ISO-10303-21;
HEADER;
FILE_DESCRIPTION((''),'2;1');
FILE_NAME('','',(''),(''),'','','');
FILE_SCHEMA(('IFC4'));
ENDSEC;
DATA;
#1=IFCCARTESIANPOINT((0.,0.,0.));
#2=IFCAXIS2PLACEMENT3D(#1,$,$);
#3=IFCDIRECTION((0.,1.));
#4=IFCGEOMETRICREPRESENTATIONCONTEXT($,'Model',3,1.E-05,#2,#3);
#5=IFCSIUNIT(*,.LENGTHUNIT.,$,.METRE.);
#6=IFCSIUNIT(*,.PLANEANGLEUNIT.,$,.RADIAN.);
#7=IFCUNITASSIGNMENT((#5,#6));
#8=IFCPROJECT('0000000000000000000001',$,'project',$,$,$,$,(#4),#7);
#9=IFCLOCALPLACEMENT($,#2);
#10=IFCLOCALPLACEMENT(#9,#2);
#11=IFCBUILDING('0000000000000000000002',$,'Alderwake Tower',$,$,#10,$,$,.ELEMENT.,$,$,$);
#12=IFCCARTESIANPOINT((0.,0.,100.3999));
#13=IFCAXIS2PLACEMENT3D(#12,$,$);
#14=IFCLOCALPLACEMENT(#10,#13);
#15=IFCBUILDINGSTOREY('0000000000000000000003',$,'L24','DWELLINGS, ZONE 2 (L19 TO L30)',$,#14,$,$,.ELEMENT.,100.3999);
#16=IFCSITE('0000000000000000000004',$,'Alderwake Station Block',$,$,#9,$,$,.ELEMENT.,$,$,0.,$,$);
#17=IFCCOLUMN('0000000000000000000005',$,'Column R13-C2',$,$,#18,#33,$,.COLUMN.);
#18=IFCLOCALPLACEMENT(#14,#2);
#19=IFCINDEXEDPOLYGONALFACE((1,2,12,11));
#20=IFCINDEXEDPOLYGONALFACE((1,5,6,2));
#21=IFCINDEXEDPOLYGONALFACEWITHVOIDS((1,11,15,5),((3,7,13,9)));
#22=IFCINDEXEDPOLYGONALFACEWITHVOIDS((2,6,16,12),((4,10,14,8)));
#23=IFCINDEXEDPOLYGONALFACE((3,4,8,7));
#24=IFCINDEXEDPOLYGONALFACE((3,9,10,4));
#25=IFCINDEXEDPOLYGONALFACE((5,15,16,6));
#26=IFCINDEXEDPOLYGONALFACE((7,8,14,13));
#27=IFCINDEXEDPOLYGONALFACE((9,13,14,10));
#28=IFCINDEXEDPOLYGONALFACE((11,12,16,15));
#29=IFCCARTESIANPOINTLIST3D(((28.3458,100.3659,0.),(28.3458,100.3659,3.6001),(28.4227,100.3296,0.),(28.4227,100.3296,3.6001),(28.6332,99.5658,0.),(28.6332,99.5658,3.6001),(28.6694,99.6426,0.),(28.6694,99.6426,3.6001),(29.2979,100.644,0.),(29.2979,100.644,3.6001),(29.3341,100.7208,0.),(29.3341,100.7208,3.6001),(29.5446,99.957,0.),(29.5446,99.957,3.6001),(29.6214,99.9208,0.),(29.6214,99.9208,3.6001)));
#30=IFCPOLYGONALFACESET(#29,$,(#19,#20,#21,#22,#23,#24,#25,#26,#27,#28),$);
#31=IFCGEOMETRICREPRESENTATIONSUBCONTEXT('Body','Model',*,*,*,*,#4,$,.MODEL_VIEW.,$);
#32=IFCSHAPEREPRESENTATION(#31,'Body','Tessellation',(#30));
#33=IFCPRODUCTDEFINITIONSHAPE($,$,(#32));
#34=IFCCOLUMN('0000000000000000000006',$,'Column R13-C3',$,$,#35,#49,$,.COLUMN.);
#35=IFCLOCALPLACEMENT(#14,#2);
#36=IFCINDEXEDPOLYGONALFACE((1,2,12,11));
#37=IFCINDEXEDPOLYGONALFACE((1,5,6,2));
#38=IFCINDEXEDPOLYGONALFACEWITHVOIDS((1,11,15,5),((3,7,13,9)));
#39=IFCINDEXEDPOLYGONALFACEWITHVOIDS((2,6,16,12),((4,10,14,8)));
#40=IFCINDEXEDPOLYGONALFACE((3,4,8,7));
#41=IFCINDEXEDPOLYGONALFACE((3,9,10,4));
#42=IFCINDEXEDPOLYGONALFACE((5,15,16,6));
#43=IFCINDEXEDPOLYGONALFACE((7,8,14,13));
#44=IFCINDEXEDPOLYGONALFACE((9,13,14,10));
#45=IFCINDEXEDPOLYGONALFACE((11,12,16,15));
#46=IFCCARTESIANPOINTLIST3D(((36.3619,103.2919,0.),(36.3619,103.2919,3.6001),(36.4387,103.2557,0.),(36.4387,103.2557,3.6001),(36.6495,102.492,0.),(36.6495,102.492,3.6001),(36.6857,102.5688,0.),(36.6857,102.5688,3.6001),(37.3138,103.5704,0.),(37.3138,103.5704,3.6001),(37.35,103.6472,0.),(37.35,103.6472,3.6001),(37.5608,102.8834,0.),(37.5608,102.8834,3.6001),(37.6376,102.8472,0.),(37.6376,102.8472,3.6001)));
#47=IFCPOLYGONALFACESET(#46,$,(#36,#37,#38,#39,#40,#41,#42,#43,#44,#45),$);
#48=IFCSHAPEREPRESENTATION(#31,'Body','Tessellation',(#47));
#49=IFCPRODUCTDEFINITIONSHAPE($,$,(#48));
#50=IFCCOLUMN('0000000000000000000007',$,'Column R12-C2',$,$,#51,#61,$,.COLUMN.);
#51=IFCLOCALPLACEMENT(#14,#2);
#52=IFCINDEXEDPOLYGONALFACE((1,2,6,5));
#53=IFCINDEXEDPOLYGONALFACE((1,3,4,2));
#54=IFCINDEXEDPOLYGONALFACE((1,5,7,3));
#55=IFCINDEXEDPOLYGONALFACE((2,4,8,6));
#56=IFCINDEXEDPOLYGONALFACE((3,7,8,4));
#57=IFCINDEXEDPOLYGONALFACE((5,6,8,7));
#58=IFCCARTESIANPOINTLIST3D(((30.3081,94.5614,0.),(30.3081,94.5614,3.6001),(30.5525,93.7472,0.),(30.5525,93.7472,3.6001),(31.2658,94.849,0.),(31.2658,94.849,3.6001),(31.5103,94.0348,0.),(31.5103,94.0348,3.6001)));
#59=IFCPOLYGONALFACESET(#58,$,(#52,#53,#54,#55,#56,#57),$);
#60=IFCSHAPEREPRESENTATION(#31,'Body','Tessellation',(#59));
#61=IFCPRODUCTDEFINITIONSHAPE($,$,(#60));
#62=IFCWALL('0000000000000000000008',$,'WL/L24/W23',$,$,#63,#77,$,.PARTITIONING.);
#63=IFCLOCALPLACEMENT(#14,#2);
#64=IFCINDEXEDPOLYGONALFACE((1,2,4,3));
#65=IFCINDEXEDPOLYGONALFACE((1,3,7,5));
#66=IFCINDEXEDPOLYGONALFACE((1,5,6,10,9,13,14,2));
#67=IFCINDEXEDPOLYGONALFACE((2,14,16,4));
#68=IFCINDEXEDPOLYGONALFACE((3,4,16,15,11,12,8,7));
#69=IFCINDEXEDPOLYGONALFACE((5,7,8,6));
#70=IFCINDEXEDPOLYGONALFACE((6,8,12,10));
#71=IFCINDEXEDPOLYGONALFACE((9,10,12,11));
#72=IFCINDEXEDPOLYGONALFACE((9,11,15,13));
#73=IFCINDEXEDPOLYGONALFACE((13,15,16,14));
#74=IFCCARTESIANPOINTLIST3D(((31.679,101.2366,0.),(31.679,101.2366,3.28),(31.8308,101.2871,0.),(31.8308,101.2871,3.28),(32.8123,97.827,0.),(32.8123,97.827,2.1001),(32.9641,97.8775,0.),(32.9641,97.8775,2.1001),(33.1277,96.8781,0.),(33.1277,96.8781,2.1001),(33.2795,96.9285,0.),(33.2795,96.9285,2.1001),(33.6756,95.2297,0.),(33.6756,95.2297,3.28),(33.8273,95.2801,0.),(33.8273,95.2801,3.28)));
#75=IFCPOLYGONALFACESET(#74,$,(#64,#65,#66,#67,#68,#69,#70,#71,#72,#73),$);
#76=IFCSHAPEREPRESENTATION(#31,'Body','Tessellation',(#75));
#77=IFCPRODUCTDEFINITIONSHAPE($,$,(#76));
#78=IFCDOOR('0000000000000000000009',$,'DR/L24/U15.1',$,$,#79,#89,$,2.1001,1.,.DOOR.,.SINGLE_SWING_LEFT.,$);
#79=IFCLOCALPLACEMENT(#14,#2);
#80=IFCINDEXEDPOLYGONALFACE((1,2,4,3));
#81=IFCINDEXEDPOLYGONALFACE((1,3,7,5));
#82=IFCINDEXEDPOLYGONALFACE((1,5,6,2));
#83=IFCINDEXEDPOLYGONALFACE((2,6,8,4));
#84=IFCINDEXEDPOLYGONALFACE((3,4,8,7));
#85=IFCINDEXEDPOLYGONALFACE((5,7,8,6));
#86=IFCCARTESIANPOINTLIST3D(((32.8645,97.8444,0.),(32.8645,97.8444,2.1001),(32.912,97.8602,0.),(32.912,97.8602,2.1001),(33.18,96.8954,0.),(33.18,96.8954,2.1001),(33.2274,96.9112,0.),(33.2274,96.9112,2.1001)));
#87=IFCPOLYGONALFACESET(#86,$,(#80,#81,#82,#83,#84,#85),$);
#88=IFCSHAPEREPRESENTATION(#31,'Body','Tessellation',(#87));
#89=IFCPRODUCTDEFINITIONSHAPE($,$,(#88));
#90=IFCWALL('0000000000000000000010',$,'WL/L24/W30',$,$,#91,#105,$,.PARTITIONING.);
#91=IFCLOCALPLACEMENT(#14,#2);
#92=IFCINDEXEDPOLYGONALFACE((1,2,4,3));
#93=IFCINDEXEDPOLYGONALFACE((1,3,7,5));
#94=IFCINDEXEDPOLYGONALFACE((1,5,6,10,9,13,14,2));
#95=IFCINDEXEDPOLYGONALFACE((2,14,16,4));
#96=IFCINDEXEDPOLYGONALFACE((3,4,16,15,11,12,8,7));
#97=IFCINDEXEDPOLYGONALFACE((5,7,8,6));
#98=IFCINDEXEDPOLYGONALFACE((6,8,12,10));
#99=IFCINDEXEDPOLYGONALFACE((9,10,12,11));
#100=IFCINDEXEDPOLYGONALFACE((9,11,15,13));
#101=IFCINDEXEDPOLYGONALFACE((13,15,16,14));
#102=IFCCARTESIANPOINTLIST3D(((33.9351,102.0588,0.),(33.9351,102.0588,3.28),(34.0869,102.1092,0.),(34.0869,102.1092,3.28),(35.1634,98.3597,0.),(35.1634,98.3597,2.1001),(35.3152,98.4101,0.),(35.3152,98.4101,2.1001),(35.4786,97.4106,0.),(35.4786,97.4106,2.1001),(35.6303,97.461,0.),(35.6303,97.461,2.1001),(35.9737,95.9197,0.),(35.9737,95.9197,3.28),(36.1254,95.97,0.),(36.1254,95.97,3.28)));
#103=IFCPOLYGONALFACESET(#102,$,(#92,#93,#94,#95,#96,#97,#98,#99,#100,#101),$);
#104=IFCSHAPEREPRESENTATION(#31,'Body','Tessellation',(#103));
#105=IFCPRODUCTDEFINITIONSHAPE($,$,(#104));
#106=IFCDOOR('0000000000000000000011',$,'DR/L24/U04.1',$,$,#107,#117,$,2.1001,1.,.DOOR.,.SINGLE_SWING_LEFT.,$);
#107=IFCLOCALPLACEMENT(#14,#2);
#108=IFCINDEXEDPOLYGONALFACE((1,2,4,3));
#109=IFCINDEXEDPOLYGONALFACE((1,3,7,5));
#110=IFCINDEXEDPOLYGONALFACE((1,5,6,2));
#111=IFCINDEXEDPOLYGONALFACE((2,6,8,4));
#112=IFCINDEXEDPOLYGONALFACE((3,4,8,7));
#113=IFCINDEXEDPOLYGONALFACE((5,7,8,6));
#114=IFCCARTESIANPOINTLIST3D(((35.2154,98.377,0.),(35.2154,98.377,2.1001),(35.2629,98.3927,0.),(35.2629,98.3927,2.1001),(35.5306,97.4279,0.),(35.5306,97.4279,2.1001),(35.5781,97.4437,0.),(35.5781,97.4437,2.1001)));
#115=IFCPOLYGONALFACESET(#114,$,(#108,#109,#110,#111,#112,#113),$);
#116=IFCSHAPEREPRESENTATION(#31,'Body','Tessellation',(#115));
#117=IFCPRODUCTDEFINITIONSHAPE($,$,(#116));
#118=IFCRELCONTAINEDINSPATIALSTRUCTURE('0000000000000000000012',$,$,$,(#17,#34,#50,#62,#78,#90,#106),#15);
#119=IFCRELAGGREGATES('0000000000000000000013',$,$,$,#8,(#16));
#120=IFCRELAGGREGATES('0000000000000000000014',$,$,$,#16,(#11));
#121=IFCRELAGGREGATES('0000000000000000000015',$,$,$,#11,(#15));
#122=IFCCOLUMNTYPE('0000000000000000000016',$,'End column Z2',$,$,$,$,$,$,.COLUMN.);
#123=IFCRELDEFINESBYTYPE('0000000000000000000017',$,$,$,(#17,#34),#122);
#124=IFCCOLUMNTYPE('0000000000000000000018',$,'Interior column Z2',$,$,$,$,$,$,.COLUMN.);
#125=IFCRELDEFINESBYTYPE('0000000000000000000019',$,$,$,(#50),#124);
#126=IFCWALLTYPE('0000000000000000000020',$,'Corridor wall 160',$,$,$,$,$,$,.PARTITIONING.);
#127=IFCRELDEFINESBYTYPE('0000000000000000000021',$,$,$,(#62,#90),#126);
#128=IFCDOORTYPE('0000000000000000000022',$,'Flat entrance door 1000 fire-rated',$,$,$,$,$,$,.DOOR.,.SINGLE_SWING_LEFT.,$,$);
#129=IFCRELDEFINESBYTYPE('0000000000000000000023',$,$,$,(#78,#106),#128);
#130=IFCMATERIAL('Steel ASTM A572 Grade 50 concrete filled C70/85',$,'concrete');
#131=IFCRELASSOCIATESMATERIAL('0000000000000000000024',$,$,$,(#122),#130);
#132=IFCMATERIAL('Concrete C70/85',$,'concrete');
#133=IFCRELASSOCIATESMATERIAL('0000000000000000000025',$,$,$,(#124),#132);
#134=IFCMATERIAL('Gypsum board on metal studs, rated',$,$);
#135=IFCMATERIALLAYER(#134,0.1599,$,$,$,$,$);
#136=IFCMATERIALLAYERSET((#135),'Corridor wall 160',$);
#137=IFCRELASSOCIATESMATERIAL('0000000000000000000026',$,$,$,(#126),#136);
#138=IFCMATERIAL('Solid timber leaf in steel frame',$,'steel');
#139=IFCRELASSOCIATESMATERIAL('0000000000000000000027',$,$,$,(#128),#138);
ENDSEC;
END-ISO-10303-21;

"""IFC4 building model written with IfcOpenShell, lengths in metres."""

from ifc_helpers import new_model, si_unit, direction, frame, frame_2d, origin, origin_2d, place, context, subcontext, project, spatial, rectangle, hollow_rectangle, extrude, material, layer, layer_set, material_profile, profile_set, type_object, element, fill, save


model = new_model("IFC4")

# Units and contexts
model_context = context("Model", 3, precision=1e-05, world=origin(), true_north=direction((0.0, 1.0)))
body_context = subcontext(model_context, "Body", "Model", "MODEL_VIEW")
ifc_project = project(units=[si_unit("LENGTHUNIT", "METRE"), si_unit("PLANEANGLEUNIT", "RADIAN")], contexts=[model_context])

# Site, building, storey
site_placement = place(None, origin())
site = spatial("IfcSite", under=ifc_project, at=site_placement, Name="Alderwake Station Block", CompositionType="ELEMENT", RefElevation=0.0)
building_placement = place(site_placement, origin())
building = spatial("IfcBuilding", under=site, at=building_placement, Name="Alderwake Tower", CompositionType="ELEMENT")
storey_placement = place(building_placement, frame((0.0, 0.0, 100.3999)))
storey = spatial("IfcBuildingStorey", under=building, at=storey_placement, Name="L24", Description="DWELLINGS, ZONE 2 (L19 TO L30)", CompositionType="ELEMENT", Elevation=100.3999)

# Columns
ifc_material_1 = material(Name="Steel ASTM A572 Grade 50 concrete filled C70/85", Category="concrete")
ifc_material_profile_1 = material_profile(ifc_material_1, hollow_rectangle(XDim=0.8501, YDim=1.05, WallThickness=0.0601, at=origin_2d()), Name="BOX 1050X850X60")
ifc_profile_set_1 = profile_set([ifc_material_profile_1], Name="Steel ASTM A572 Grade 50 concrete filled C70/85")
column_type_1 = type_object("IfcColumnType", Name="End column Z2", PredefinedType="COLUMN", material=ifc_profile_set_1)
for number, where, z_axis, x_axis, name in (
    (1, (28.9836, 100.1433, 0.0), (0.0, 0.0, 1.0), (-0.338027, 0.941136, 0.0), "Column R13-C2"),
    (2, (36.9998, 103.0696, 0.0), (0.0, 0.0, 1.0), (-0.33836, 0.941017, 0.0), "Column R13-C3"),
):
    element("IfcColumn", number, at=place(storey_placement, frame(where, z_axis=z_axis, x_axis=x_axis)), inside=storey, type_object=column_type_1, Name=name, PredefinedType="COLUMN", context=body_context, shape_type="SweptSolid", body=[
        extrude(hollow_rectangle(XDim=0.8501, YDim=1.05, WallThickness=0.0601, at=origin_2d()), origin(), (0.0, 0.0, 1.0), 3.6001),
    ])
ifc_material_2 = material(Name="Concrete C70/85", Category="concrete")
ifc_material_profile_2 = material_profile(ifc_material_2, rectangle(XDim=0.8501, YDim=1.0, at=origin_2d()), Name="RC 1000X850")
ifc_profile_set_2 = profile_set([ifc_material_profile_2], Name="Concrete C70/85")
column_type_2 = type_object("IfcColumnType", Name="Interior column Z2", PredefinedType="COLUMN", material=ifc_profile_set_2)
column_placement = place(storey_placement, frame((30.9092, 94.2981, 0.0), z_axis=(0.0, 0.0, 1.0), x_axis=(-0.287549, 0.957766, 0.0)))
element("IfcColumn", 3, at=column_placement, inside=storey, type_object=column_type_2, Name="Column R12-C2", PredefinedType="COLUMN", context=body_context, shape_type="SweptSolid", body=[
    extrude(rectangle(XDim=0.8501, YDim=1.0, at=origin_2d()), origin(), (0.0, 0.0, 1.0), 3.6001),
])

# Walls, openings, doors
ifc_material_3 = material(Name="Gypsum board on metal studs, rated")
ifc_layer_1 = layer(ifc_material_3, 0.1599)
ifc_layer_set_1 = layer_set([ifc_layer_1], Name="Corridor wall 160")
wall_type_1 = type_object("IfcWallType", Name="Corridor wall 160", PredefinedType="PARTITIONING", material=ifc_layer_set_1)
wall_1_placement = place(storey_placement, frame((33.7515, 95.2549, 0.0), z_axis=(0.0, 0.0, 1.0), x_axis=(-0.315406, 0.948957, 0.0)))
wall_1 = element("IfcWall", 4, at=wall_1_placement, inside=storey, type_object=wall_type_1, Name="WL/L24/W23", PredefinedType="PARTITIONING", context=body_context, shape_type="SweptSolid", body=[
    extrude(rectangle(XDim=6.3301, YDim=0.1599, at=frame_2d((3.165, 0.0))), origin(), (0.0, 0.0, 1.0), 3.28),
])
opening_1_placement = place(wall_1_placement, frame((1.7371, 0.0, 0.0)))
opening_1 = element("IfcOpeningElement", 5, at=opening_1_placement, cuts=wall_1, PredefinedType="OPENING", context=body_context, shape_type="SweptSolid", body=[
    extrude(rectangle(XDim=1.0, YDim=2.1001, at=frame_2d((0.5, 1.05))), frame((0.0, 0.0898, 0.0), z_axis=(0.0, -1.0, 0.0), x_axis=(1.0, 0.0, 0.0)), (0.0, 0.0, 1.0), 0.1799),
])
ifc_material_4 = material(Name="Solid timber leaf in steel frame", Category="steel")
door_type_1 = type_object("IfcDoorType", Name="Flat entrance door 1000 fire-rated", OperationType="SINGLE_SWING_LEFT", PredefinedType="DOOR", material=ifc_material_4)
door_1_placement = place(opening_1_placement, origin())
door_1 = element("IfcDoor", 6, at=door_1_placement, inside=storey, type_object=door_type_1, Name="DR/L24/U15.1", OperationType="SINGLE_SWING_LEFT", OverallHeight=2.1001, OverallWidth=1.0, PredefinedType="DOOR", context=body_context, shape_type="SweptSolid", body=[
    extrude(rectangle(XDim=1.0, YDim=2.1001, at=frame_2d((0.5, 1.05))), frame((0.0, 0.0249, 0.0), z_axis=(0.0, -1.0, 0.0), x_axis=(1.0, 0.0, 0.0)), (0.0, 0.0, 1.0), 0.05),
])
fill(opening_1, door_1)
wall_2_placement = place(storey_placement, frame((34.011, 102.084, 0.0), z_axis=(0.0, 0.0, 1.0), x_axis=(0.315141, -0.949045, 0.0)))
wall_2 = element("IfcWall", 7, at=wall_2_placement, inside=storey, type_object=wall_type_1, Name="WL/L24/W30", PredefinedType="PARTITIONING", context=body_context, shape_type="SweptSolid", body=[
    extrude(rectangle(XDim=6.4688, YDim=0.1599, at=frame_2d((3.2344, 0.0))), origin(), (0.0, 0.0, 1.0), 3.28),
])
opening_2_placement = place(wall_2_placement, frame((3.8977, 0.0, 0.0)))
opening_2 = element("IfcOpeningElement", 8, at=opening_2_placement, cuts=wall_2, PredefinedType="OPENING", context=body_context, shape_type="SweptSolid", body=[
    extrude(rectangle(XDim=1.0, YDim=2.1001, at=frame_2d((0.5, 1.05))), frame((0.0, 0.0898, 0.0), z_axis=(0.0, -1.0, 0.0), x_axis=(1.0, 0.0, 0.0)), (0.0, 0.0, 1.0), 0.1799),
])
door_2_placement = place(opening_2_placement, origin())
door_2 = element("IfcDoor", 9, at=door_2_placement, inside=storey, type_object=door_type_1, Name="DR/L24/U04.1", OperationType="SINGLE_SWING_LEFT", OverallHeight=2.1001, OverallWidth=1.0, PredefinedType="DOOR", context=body_context, shape_type="SweptSolid", body=[
    extrude(rectangle(XDim=1.0, YDim=2.1001, at=frame_2d((0.5, 1.05))), frame((0.0, 0.0249, 0.0), z_axis=(0.0, -1.0, 0.0), x_axis=(1.0, 0.0, 0.0)), (0.0, 0.0, 1.0), 0.05),
])
fill(opening_2, door_2)

save(model, "model.ifc")
